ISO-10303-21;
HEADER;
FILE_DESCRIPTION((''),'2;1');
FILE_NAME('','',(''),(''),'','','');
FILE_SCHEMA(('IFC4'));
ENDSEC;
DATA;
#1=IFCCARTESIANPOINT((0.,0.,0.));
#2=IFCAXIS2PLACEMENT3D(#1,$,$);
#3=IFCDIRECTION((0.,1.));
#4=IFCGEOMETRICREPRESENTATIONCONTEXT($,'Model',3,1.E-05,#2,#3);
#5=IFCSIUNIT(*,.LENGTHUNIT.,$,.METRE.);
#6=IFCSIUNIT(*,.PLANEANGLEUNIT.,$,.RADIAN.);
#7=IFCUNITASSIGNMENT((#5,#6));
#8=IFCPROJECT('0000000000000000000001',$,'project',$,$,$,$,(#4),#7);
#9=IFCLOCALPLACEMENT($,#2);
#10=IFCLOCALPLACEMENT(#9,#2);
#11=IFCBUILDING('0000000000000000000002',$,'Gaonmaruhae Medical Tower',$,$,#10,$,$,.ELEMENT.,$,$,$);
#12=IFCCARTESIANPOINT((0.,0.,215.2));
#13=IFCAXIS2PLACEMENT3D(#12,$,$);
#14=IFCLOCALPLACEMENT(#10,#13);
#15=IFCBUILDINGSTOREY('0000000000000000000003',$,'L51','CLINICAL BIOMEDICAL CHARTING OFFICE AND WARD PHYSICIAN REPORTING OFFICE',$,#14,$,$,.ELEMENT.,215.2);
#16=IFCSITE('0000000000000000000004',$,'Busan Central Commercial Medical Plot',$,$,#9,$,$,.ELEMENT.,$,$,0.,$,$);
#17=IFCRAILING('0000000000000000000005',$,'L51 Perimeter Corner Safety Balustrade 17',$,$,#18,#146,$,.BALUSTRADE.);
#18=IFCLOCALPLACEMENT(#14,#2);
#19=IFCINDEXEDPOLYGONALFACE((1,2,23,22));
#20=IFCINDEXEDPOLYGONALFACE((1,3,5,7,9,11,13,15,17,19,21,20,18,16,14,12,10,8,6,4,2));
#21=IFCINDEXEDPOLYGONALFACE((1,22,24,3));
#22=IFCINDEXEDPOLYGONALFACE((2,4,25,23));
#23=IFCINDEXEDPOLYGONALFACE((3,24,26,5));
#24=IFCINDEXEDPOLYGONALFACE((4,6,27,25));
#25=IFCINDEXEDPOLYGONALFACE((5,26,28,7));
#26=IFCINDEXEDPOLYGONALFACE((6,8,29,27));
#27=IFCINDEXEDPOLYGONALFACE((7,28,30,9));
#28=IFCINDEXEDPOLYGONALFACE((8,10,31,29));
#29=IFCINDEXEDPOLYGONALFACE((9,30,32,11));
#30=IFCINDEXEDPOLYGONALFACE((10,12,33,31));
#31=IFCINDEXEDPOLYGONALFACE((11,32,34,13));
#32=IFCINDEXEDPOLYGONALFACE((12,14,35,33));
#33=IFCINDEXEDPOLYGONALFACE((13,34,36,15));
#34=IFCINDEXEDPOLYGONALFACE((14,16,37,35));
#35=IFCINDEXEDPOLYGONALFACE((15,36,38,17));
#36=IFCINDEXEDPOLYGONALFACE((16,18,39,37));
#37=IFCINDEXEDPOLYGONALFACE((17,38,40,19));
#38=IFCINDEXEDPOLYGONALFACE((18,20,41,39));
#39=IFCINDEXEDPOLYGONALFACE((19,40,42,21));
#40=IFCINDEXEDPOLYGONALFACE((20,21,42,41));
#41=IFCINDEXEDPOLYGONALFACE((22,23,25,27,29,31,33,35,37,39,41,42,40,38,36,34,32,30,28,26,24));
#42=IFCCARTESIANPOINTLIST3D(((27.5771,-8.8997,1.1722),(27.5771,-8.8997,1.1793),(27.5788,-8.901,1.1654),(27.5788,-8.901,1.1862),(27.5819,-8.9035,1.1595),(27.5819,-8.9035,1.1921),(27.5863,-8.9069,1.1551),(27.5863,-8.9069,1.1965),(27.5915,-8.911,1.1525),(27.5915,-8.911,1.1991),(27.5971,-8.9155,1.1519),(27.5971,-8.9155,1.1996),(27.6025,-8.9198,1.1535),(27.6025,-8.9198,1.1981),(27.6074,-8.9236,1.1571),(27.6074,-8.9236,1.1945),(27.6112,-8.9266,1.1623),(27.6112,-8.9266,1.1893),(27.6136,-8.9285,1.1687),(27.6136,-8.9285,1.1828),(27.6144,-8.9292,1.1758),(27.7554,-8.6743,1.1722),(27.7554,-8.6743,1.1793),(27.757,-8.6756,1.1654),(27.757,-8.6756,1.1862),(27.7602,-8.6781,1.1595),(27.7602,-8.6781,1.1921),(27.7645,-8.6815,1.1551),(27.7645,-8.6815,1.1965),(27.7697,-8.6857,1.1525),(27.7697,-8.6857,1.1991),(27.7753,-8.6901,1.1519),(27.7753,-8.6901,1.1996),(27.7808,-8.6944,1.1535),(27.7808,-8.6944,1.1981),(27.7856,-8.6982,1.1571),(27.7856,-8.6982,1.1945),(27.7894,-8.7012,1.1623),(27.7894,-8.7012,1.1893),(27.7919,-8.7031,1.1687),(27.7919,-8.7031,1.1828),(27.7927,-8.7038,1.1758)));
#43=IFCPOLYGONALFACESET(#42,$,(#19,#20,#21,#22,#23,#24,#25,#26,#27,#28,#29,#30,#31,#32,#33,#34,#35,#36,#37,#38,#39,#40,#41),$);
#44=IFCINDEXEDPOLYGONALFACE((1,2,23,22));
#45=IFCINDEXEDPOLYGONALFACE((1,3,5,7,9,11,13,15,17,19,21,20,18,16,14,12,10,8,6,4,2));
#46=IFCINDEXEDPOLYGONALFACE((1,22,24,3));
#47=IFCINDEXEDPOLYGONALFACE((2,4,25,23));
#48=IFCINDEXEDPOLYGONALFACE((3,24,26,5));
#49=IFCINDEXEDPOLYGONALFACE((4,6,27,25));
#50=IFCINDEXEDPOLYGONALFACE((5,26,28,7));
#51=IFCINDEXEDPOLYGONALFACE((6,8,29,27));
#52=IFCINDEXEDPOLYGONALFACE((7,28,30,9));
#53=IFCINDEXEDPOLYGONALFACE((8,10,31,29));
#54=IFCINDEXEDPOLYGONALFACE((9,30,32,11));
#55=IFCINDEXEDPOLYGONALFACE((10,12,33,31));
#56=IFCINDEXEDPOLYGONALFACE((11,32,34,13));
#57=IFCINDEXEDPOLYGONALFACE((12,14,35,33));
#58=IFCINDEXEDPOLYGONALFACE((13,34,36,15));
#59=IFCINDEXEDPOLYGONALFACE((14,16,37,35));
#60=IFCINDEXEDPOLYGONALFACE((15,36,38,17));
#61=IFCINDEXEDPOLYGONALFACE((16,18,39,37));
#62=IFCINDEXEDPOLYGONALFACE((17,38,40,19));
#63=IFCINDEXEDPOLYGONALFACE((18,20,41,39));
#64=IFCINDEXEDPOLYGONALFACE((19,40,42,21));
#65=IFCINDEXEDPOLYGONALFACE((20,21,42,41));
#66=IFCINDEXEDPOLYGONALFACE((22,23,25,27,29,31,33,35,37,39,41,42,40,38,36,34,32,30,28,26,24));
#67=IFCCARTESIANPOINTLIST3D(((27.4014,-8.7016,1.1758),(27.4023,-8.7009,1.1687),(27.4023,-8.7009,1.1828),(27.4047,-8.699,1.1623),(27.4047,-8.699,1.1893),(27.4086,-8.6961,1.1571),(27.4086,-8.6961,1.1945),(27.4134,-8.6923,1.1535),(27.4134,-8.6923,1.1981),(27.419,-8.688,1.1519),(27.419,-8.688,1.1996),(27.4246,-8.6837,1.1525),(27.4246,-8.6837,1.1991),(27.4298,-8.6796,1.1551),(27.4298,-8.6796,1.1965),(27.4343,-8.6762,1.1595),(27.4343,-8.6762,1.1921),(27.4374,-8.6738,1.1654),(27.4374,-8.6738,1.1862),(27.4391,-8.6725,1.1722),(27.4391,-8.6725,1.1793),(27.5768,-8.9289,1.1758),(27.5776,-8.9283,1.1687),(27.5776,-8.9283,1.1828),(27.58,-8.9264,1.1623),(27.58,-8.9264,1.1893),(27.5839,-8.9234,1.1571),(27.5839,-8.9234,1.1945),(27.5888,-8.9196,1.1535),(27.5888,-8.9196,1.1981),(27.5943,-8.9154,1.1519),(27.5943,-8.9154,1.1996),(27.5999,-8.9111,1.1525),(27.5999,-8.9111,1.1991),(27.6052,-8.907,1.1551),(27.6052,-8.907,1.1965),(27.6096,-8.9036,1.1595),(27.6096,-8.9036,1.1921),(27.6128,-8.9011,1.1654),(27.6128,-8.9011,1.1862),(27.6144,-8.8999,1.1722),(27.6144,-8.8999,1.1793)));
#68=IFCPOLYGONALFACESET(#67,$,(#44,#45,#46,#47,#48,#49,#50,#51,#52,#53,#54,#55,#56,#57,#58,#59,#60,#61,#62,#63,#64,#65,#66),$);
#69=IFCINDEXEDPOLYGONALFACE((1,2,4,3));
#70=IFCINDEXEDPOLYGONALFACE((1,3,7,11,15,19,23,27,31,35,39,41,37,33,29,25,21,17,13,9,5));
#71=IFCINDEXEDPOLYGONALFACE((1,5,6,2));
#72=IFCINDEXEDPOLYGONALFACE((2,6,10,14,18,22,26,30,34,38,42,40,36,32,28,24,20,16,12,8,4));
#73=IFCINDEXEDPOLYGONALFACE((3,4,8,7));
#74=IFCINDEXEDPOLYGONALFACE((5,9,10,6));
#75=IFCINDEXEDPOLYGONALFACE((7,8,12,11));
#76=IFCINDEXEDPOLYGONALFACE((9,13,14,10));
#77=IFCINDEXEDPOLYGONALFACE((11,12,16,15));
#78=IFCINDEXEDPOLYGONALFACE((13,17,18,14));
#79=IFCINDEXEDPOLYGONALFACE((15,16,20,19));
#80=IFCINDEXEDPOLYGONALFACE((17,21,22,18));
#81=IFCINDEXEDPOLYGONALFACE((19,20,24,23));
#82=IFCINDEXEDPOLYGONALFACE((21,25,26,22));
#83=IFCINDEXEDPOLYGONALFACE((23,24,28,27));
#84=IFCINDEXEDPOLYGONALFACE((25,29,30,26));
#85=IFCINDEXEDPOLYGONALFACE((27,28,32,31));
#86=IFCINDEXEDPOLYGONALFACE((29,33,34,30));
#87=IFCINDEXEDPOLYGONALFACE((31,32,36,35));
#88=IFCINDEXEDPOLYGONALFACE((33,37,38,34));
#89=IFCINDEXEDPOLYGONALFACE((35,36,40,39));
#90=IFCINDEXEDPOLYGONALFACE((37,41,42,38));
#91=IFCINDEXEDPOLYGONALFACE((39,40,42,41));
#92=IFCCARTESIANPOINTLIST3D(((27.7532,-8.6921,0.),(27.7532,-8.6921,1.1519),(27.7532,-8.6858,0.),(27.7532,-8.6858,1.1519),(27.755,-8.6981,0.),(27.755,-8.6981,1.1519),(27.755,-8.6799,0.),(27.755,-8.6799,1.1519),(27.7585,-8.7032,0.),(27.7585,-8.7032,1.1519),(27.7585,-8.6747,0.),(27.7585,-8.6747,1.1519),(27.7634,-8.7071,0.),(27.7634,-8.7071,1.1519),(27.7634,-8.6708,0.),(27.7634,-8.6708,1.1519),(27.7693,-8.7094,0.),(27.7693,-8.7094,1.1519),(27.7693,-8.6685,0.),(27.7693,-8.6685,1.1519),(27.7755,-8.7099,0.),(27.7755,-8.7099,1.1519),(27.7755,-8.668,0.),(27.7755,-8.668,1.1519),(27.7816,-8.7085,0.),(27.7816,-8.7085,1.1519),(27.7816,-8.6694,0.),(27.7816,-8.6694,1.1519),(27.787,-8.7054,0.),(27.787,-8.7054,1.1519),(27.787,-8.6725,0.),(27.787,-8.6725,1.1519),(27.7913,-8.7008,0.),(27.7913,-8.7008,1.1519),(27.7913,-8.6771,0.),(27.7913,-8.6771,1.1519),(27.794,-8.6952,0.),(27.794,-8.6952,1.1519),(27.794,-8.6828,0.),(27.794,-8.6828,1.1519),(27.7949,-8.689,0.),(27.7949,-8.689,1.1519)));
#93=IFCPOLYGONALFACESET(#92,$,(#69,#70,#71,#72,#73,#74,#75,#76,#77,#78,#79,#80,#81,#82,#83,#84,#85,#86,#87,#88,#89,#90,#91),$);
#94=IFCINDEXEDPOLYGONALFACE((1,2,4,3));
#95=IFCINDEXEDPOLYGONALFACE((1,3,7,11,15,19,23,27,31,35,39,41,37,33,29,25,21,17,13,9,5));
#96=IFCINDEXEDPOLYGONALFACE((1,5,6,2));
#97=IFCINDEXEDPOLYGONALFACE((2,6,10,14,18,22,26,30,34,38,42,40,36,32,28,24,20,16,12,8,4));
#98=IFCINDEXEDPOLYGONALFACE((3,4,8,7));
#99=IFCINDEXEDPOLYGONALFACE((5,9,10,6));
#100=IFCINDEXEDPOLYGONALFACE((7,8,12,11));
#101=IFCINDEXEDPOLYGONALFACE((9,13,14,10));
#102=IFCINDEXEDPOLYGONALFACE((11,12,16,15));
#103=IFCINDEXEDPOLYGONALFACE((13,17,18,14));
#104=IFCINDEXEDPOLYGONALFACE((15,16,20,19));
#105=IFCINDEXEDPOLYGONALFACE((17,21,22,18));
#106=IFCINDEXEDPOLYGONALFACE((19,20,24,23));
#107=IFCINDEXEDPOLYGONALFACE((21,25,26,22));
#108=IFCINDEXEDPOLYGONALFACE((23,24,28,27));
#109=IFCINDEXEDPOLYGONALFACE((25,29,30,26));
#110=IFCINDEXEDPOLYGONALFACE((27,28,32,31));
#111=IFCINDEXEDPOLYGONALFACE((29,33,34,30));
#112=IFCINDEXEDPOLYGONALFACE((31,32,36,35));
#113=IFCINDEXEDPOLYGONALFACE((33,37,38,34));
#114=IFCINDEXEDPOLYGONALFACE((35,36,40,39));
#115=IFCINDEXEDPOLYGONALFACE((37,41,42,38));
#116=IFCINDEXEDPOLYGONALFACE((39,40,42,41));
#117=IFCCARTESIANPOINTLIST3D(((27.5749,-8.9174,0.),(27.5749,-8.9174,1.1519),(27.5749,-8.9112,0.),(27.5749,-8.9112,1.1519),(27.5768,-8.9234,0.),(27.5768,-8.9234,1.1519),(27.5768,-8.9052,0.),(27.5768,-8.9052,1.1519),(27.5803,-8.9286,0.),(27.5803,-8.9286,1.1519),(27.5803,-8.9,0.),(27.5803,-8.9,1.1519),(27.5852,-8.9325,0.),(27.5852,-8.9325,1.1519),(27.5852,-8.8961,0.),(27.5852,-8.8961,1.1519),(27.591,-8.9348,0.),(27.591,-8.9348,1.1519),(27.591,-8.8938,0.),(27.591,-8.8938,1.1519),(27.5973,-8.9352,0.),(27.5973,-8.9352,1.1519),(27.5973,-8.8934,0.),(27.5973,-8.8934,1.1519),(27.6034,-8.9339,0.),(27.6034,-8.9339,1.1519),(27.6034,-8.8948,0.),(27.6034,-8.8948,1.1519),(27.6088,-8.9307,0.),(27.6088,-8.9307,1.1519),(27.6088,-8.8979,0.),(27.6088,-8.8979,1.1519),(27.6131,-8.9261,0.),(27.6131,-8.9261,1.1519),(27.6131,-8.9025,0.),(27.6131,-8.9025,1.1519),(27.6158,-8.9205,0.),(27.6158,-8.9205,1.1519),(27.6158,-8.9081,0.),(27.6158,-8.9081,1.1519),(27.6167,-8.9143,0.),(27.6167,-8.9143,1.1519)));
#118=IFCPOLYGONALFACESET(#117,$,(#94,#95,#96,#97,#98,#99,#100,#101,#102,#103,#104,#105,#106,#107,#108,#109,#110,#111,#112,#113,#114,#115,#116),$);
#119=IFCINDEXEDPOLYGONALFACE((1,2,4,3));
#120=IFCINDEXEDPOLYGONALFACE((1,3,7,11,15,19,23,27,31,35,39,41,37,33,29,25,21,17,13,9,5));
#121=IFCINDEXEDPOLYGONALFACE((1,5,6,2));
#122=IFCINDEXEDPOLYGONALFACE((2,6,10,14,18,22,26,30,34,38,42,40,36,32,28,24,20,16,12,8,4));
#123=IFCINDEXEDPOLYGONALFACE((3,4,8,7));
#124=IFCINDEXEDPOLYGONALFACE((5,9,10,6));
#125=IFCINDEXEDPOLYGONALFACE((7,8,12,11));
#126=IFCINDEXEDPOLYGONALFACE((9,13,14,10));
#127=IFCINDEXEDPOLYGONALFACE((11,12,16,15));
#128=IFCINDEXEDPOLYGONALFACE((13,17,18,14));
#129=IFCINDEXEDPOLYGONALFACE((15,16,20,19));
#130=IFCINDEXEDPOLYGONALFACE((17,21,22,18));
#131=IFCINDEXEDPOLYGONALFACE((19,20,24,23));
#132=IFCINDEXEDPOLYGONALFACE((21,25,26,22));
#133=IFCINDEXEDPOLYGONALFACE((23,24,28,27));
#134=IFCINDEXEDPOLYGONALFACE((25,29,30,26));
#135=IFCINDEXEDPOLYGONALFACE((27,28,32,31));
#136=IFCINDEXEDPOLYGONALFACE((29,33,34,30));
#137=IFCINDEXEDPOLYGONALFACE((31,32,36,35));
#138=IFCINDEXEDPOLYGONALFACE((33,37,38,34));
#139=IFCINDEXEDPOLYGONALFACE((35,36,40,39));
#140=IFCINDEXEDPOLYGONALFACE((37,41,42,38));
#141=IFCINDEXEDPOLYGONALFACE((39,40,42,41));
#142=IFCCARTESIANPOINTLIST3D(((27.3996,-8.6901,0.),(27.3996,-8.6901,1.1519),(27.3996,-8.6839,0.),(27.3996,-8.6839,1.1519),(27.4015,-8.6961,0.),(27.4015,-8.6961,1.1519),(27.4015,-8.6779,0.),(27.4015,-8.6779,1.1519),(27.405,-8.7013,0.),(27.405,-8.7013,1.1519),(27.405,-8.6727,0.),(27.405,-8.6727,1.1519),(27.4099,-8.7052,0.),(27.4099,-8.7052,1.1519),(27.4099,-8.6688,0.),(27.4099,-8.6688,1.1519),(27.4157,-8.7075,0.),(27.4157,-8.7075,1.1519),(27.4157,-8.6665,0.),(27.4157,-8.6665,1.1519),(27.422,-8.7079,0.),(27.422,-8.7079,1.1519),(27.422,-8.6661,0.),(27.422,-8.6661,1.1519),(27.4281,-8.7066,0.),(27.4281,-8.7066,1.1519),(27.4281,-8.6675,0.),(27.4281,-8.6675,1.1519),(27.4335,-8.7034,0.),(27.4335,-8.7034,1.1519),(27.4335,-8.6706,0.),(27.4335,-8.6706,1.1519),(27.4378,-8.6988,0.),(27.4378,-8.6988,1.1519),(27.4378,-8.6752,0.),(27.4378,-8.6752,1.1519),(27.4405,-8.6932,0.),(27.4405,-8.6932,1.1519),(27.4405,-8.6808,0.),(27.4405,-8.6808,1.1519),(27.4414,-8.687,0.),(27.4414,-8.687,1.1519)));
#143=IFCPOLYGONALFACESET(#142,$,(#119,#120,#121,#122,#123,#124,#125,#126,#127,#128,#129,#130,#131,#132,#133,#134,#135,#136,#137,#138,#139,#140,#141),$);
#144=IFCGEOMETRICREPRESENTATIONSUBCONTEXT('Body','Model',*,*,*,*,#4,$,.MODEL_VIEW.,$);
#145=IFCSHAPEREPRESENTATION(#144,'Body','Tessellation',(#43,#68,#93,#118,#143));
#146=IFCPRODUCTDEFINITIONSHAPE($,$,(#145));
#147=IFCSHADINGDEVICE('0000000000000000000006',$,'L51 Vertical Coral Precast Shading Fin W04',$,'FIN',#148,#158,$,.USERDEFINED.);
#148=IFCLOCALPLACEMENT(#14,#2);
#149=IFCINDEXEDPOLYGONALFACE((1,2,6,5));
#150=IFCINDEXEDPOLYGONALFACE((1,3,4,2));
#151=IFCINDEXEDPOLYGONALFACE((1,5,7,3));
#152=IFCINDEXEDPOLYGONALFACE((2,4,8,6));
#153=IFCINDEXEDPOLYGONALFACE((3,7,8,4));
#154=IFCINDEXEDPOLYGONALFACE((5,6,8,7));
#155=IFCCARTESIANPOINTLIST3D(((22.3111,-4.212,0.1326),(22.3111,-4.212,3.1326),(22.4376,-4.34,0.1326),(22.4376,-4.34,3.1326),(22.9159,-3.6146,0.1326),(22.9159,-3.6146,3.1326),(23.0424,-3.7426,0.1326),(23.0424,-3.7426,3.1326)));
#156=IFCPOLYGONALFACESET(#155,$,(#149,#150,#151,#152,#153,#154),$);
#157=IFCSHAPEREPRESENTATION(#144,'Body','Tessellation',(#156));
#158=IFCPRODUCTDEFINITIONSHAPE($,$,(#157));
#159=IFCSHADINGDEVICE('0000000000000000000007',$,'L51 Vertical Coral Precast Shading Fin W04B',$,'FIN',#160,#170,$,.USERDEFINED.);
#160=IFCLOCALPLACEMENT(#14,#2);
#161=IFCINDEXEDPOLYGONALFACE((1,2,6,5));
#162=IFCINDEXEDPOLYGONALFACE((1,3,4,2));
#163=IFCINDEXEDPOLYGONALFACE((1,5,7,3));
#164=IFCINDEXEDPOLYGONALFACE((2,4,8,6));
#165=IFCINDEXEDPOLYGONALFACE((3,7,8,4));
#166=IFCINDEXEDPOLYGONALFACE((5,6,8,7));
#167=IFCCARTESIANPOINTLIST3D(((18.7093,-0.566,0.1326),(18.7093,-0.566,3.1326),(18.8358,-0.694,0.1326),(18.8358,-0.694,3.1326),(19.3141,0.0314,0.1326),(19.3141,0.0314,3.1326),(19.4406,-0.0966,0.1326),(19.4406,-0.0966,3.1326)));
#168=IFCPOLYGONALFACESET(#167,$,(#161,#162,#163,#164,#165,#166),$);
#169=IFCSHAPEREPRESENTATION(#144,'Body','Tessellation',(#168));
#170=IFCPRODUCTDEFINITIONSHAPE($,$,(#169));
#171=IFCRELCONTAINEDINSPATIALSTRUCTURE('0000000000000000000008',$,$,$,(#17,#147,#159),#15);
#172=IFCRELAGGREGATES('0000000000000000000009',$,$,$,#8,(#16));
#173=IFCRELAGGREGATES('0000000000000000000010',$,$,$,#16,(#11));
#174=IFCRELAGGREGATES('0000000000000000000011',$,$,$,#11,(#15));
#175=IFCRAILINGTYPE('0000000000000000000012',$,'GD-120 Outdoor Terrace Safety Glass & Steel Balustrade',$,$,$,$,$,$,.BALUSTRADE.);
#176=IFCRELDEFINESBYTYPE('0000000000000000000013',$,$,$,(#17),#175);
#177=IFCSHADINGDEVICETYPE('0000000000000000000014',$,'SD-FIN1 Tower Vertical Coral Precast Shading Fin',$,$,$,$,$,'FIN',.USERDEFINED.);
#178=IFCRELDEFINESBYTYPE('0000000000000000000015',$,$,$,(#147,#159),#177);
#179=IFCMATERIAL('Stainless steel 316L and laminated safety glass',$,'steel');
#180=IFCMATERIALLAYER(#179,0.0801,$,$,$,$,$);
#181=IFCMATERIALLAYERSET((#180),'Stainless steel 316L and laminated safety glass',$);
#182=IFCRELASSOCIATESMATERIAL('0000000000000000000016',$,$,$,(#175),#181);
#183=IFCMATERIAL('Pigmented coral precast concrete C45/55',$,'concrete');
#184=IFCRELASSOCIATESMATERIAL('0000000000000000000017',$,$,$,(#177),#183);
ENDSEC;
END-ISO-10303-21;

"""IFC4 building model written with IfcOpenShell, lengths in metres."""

from ifc_helpers import new_model, si_unit, direction, frame, origin, origin_2d, place, context, subcontext, project, spatial, rectangle, circle, extrude, material, layer, layer_set, type_object, element, save


model = new_model("IFC4")

# Units and contexts
model_context = context("Model", 3, precision=1e-05, world=origin(), true_north=direction((0.0, 1.0)))
body_context = subcontext(model_context, "Body", "Model", "MODEL_VIEW")
ifc_project = project(units=[si_unit("LENGTHUNIT", "METRE"), si_unit("PLANEANGLEUNIT", "RADIAN")], contexts=[model_context])

# Site, building, storey
site_placement = place(None, origin())
site = spatial("IfcSite", under=ifc_project, at=site_placement, Name="Busan Central Commercial Medical Plot", CompositionType="ELEMENT", RefElevation=0.0)
building_placement = place(site_placement, origin())
building = spatial("IfcBuilding", under=site, at=building_placement, Name="Gaonmaruhae Medical Tower", CompositionType="ELEMENT")
storey_placement = place(building_placement, frame((0.0, 0.0, 215.2)))
storey = spatial("IfcBuildingStorey", under=building, at=storey_placement, Name="L51", Description="CLINICAL BIOMEDICAL CHARTING OFFICE AND WARD PHYSICIAN REPORTING OFFICE", CompositionType="ELEMENT", Elevation=215.2)

# Railing
ifc_material_1 = material(Name="Stainless steel 316L and laminated safety glass", Category="steel")
ifc_layer_1 = layer(ifc_material_1, 0.0801)
ifc_layer_set_1 = layer_set([ifc_layer_1], Name="Stainless steel 316L and laminated safety glass")
railing_type = type_object("IfcRailingType", Name="GD-120 Outdoor Terrace Safety Glass & Steel Balustrade", PredefinedType="BALUSTRADE", material=ifc_layer_set_1)
railing_1_placement = place(storey_placement, frame((27.7739, -8.689, 0.0)))
element("IfcRailing", 1, at=railing_1_placement, inside=storey, type_object=railing_type, Name="L51 Perimeter Corner Safety Balustrade 17", PredefinedType="BALUSTRADE", context=body_context, shape_type="SweptSolid", body=[
    extrude(circle(Radius=0.0239, at=origin_2d()), frame((0.0, 0.0, 1.1758), z_axis=(-0.620333, -0.784339, 0.0), x_axis=(0.784339, -0.620333, 0.0)), (0.0, 0.0, 1.0), 0.2874),
    extrude(circle(Radius=0.0239, at=origin_2d()), frame((-0.1782, -0.2253, 1.1758), z_axis=(-0.610697, 0.791865, 0.0), x_axis=(-0.791865, -0.610697, 0.0)), (0.0, 0.0, 1.0), 0.2871),
    extrude(circle(Radius=0.021, at=origin_2d()), origin(), (0.0, 0.0, 1.0), 1.1519),
    extrude(circle(Radius=0.021, at=origin_2d()), frame((-0.1782, -0.2253, 0.0)), (0.0, 0.0, 1.0), 1.1519),
    extrude(circle(Radius=0.021, at=origin_2d()), frame((-0.3535, 0.002, 0.0)), (0.0, 0.0, 1.0), 1.1519),
])

# Shading devices
ifc_material_2 = material(Name="Pigmented coral precast concrete C45/55", Category="concrete")
shading_device_type = type_object("IfcShadingDeviceType", Name="SD-FIN1 Tower Vertical Coral Precast Shading Fin", ElementType="FIN", PredefinedType="USERDEFINED", material=ifc_material_2)
for number, where, z_axis, x_axis, name in (
    (2, (22.6768, -3.9773, 0.1326), (0.0, 0.0, 1.0), (-0.702774, 0.711413, 0.0), "L51 Vertical Coral Precast Shading Fin W04"),
    (3, (19.075, -0.3313, 0.1326), (0.0, 0.0, 1.0), (-0.702774, 0.711413, 0.0), "L51 Vertical Coral Precast Shading Fin W04B"),
):
    element("IfcShadingDevice", number, at=place(storey_placement, frame(where, z_axis=z_axis, x_axis=x_axis)), inside=storey, type_object=shading_device_type, Name=name, ObjectType="FIN", PredefinedType="USERDEFINED", context=body_context, shape_type="SweptSolid", body=[
        extrude(rectangle(XDim=0.1799, YDim=0.8501, at=origin_2d()), origin(), (0.0, 0.0, 1.0), 3.0),
    ])

save(model, "model.ifc")
